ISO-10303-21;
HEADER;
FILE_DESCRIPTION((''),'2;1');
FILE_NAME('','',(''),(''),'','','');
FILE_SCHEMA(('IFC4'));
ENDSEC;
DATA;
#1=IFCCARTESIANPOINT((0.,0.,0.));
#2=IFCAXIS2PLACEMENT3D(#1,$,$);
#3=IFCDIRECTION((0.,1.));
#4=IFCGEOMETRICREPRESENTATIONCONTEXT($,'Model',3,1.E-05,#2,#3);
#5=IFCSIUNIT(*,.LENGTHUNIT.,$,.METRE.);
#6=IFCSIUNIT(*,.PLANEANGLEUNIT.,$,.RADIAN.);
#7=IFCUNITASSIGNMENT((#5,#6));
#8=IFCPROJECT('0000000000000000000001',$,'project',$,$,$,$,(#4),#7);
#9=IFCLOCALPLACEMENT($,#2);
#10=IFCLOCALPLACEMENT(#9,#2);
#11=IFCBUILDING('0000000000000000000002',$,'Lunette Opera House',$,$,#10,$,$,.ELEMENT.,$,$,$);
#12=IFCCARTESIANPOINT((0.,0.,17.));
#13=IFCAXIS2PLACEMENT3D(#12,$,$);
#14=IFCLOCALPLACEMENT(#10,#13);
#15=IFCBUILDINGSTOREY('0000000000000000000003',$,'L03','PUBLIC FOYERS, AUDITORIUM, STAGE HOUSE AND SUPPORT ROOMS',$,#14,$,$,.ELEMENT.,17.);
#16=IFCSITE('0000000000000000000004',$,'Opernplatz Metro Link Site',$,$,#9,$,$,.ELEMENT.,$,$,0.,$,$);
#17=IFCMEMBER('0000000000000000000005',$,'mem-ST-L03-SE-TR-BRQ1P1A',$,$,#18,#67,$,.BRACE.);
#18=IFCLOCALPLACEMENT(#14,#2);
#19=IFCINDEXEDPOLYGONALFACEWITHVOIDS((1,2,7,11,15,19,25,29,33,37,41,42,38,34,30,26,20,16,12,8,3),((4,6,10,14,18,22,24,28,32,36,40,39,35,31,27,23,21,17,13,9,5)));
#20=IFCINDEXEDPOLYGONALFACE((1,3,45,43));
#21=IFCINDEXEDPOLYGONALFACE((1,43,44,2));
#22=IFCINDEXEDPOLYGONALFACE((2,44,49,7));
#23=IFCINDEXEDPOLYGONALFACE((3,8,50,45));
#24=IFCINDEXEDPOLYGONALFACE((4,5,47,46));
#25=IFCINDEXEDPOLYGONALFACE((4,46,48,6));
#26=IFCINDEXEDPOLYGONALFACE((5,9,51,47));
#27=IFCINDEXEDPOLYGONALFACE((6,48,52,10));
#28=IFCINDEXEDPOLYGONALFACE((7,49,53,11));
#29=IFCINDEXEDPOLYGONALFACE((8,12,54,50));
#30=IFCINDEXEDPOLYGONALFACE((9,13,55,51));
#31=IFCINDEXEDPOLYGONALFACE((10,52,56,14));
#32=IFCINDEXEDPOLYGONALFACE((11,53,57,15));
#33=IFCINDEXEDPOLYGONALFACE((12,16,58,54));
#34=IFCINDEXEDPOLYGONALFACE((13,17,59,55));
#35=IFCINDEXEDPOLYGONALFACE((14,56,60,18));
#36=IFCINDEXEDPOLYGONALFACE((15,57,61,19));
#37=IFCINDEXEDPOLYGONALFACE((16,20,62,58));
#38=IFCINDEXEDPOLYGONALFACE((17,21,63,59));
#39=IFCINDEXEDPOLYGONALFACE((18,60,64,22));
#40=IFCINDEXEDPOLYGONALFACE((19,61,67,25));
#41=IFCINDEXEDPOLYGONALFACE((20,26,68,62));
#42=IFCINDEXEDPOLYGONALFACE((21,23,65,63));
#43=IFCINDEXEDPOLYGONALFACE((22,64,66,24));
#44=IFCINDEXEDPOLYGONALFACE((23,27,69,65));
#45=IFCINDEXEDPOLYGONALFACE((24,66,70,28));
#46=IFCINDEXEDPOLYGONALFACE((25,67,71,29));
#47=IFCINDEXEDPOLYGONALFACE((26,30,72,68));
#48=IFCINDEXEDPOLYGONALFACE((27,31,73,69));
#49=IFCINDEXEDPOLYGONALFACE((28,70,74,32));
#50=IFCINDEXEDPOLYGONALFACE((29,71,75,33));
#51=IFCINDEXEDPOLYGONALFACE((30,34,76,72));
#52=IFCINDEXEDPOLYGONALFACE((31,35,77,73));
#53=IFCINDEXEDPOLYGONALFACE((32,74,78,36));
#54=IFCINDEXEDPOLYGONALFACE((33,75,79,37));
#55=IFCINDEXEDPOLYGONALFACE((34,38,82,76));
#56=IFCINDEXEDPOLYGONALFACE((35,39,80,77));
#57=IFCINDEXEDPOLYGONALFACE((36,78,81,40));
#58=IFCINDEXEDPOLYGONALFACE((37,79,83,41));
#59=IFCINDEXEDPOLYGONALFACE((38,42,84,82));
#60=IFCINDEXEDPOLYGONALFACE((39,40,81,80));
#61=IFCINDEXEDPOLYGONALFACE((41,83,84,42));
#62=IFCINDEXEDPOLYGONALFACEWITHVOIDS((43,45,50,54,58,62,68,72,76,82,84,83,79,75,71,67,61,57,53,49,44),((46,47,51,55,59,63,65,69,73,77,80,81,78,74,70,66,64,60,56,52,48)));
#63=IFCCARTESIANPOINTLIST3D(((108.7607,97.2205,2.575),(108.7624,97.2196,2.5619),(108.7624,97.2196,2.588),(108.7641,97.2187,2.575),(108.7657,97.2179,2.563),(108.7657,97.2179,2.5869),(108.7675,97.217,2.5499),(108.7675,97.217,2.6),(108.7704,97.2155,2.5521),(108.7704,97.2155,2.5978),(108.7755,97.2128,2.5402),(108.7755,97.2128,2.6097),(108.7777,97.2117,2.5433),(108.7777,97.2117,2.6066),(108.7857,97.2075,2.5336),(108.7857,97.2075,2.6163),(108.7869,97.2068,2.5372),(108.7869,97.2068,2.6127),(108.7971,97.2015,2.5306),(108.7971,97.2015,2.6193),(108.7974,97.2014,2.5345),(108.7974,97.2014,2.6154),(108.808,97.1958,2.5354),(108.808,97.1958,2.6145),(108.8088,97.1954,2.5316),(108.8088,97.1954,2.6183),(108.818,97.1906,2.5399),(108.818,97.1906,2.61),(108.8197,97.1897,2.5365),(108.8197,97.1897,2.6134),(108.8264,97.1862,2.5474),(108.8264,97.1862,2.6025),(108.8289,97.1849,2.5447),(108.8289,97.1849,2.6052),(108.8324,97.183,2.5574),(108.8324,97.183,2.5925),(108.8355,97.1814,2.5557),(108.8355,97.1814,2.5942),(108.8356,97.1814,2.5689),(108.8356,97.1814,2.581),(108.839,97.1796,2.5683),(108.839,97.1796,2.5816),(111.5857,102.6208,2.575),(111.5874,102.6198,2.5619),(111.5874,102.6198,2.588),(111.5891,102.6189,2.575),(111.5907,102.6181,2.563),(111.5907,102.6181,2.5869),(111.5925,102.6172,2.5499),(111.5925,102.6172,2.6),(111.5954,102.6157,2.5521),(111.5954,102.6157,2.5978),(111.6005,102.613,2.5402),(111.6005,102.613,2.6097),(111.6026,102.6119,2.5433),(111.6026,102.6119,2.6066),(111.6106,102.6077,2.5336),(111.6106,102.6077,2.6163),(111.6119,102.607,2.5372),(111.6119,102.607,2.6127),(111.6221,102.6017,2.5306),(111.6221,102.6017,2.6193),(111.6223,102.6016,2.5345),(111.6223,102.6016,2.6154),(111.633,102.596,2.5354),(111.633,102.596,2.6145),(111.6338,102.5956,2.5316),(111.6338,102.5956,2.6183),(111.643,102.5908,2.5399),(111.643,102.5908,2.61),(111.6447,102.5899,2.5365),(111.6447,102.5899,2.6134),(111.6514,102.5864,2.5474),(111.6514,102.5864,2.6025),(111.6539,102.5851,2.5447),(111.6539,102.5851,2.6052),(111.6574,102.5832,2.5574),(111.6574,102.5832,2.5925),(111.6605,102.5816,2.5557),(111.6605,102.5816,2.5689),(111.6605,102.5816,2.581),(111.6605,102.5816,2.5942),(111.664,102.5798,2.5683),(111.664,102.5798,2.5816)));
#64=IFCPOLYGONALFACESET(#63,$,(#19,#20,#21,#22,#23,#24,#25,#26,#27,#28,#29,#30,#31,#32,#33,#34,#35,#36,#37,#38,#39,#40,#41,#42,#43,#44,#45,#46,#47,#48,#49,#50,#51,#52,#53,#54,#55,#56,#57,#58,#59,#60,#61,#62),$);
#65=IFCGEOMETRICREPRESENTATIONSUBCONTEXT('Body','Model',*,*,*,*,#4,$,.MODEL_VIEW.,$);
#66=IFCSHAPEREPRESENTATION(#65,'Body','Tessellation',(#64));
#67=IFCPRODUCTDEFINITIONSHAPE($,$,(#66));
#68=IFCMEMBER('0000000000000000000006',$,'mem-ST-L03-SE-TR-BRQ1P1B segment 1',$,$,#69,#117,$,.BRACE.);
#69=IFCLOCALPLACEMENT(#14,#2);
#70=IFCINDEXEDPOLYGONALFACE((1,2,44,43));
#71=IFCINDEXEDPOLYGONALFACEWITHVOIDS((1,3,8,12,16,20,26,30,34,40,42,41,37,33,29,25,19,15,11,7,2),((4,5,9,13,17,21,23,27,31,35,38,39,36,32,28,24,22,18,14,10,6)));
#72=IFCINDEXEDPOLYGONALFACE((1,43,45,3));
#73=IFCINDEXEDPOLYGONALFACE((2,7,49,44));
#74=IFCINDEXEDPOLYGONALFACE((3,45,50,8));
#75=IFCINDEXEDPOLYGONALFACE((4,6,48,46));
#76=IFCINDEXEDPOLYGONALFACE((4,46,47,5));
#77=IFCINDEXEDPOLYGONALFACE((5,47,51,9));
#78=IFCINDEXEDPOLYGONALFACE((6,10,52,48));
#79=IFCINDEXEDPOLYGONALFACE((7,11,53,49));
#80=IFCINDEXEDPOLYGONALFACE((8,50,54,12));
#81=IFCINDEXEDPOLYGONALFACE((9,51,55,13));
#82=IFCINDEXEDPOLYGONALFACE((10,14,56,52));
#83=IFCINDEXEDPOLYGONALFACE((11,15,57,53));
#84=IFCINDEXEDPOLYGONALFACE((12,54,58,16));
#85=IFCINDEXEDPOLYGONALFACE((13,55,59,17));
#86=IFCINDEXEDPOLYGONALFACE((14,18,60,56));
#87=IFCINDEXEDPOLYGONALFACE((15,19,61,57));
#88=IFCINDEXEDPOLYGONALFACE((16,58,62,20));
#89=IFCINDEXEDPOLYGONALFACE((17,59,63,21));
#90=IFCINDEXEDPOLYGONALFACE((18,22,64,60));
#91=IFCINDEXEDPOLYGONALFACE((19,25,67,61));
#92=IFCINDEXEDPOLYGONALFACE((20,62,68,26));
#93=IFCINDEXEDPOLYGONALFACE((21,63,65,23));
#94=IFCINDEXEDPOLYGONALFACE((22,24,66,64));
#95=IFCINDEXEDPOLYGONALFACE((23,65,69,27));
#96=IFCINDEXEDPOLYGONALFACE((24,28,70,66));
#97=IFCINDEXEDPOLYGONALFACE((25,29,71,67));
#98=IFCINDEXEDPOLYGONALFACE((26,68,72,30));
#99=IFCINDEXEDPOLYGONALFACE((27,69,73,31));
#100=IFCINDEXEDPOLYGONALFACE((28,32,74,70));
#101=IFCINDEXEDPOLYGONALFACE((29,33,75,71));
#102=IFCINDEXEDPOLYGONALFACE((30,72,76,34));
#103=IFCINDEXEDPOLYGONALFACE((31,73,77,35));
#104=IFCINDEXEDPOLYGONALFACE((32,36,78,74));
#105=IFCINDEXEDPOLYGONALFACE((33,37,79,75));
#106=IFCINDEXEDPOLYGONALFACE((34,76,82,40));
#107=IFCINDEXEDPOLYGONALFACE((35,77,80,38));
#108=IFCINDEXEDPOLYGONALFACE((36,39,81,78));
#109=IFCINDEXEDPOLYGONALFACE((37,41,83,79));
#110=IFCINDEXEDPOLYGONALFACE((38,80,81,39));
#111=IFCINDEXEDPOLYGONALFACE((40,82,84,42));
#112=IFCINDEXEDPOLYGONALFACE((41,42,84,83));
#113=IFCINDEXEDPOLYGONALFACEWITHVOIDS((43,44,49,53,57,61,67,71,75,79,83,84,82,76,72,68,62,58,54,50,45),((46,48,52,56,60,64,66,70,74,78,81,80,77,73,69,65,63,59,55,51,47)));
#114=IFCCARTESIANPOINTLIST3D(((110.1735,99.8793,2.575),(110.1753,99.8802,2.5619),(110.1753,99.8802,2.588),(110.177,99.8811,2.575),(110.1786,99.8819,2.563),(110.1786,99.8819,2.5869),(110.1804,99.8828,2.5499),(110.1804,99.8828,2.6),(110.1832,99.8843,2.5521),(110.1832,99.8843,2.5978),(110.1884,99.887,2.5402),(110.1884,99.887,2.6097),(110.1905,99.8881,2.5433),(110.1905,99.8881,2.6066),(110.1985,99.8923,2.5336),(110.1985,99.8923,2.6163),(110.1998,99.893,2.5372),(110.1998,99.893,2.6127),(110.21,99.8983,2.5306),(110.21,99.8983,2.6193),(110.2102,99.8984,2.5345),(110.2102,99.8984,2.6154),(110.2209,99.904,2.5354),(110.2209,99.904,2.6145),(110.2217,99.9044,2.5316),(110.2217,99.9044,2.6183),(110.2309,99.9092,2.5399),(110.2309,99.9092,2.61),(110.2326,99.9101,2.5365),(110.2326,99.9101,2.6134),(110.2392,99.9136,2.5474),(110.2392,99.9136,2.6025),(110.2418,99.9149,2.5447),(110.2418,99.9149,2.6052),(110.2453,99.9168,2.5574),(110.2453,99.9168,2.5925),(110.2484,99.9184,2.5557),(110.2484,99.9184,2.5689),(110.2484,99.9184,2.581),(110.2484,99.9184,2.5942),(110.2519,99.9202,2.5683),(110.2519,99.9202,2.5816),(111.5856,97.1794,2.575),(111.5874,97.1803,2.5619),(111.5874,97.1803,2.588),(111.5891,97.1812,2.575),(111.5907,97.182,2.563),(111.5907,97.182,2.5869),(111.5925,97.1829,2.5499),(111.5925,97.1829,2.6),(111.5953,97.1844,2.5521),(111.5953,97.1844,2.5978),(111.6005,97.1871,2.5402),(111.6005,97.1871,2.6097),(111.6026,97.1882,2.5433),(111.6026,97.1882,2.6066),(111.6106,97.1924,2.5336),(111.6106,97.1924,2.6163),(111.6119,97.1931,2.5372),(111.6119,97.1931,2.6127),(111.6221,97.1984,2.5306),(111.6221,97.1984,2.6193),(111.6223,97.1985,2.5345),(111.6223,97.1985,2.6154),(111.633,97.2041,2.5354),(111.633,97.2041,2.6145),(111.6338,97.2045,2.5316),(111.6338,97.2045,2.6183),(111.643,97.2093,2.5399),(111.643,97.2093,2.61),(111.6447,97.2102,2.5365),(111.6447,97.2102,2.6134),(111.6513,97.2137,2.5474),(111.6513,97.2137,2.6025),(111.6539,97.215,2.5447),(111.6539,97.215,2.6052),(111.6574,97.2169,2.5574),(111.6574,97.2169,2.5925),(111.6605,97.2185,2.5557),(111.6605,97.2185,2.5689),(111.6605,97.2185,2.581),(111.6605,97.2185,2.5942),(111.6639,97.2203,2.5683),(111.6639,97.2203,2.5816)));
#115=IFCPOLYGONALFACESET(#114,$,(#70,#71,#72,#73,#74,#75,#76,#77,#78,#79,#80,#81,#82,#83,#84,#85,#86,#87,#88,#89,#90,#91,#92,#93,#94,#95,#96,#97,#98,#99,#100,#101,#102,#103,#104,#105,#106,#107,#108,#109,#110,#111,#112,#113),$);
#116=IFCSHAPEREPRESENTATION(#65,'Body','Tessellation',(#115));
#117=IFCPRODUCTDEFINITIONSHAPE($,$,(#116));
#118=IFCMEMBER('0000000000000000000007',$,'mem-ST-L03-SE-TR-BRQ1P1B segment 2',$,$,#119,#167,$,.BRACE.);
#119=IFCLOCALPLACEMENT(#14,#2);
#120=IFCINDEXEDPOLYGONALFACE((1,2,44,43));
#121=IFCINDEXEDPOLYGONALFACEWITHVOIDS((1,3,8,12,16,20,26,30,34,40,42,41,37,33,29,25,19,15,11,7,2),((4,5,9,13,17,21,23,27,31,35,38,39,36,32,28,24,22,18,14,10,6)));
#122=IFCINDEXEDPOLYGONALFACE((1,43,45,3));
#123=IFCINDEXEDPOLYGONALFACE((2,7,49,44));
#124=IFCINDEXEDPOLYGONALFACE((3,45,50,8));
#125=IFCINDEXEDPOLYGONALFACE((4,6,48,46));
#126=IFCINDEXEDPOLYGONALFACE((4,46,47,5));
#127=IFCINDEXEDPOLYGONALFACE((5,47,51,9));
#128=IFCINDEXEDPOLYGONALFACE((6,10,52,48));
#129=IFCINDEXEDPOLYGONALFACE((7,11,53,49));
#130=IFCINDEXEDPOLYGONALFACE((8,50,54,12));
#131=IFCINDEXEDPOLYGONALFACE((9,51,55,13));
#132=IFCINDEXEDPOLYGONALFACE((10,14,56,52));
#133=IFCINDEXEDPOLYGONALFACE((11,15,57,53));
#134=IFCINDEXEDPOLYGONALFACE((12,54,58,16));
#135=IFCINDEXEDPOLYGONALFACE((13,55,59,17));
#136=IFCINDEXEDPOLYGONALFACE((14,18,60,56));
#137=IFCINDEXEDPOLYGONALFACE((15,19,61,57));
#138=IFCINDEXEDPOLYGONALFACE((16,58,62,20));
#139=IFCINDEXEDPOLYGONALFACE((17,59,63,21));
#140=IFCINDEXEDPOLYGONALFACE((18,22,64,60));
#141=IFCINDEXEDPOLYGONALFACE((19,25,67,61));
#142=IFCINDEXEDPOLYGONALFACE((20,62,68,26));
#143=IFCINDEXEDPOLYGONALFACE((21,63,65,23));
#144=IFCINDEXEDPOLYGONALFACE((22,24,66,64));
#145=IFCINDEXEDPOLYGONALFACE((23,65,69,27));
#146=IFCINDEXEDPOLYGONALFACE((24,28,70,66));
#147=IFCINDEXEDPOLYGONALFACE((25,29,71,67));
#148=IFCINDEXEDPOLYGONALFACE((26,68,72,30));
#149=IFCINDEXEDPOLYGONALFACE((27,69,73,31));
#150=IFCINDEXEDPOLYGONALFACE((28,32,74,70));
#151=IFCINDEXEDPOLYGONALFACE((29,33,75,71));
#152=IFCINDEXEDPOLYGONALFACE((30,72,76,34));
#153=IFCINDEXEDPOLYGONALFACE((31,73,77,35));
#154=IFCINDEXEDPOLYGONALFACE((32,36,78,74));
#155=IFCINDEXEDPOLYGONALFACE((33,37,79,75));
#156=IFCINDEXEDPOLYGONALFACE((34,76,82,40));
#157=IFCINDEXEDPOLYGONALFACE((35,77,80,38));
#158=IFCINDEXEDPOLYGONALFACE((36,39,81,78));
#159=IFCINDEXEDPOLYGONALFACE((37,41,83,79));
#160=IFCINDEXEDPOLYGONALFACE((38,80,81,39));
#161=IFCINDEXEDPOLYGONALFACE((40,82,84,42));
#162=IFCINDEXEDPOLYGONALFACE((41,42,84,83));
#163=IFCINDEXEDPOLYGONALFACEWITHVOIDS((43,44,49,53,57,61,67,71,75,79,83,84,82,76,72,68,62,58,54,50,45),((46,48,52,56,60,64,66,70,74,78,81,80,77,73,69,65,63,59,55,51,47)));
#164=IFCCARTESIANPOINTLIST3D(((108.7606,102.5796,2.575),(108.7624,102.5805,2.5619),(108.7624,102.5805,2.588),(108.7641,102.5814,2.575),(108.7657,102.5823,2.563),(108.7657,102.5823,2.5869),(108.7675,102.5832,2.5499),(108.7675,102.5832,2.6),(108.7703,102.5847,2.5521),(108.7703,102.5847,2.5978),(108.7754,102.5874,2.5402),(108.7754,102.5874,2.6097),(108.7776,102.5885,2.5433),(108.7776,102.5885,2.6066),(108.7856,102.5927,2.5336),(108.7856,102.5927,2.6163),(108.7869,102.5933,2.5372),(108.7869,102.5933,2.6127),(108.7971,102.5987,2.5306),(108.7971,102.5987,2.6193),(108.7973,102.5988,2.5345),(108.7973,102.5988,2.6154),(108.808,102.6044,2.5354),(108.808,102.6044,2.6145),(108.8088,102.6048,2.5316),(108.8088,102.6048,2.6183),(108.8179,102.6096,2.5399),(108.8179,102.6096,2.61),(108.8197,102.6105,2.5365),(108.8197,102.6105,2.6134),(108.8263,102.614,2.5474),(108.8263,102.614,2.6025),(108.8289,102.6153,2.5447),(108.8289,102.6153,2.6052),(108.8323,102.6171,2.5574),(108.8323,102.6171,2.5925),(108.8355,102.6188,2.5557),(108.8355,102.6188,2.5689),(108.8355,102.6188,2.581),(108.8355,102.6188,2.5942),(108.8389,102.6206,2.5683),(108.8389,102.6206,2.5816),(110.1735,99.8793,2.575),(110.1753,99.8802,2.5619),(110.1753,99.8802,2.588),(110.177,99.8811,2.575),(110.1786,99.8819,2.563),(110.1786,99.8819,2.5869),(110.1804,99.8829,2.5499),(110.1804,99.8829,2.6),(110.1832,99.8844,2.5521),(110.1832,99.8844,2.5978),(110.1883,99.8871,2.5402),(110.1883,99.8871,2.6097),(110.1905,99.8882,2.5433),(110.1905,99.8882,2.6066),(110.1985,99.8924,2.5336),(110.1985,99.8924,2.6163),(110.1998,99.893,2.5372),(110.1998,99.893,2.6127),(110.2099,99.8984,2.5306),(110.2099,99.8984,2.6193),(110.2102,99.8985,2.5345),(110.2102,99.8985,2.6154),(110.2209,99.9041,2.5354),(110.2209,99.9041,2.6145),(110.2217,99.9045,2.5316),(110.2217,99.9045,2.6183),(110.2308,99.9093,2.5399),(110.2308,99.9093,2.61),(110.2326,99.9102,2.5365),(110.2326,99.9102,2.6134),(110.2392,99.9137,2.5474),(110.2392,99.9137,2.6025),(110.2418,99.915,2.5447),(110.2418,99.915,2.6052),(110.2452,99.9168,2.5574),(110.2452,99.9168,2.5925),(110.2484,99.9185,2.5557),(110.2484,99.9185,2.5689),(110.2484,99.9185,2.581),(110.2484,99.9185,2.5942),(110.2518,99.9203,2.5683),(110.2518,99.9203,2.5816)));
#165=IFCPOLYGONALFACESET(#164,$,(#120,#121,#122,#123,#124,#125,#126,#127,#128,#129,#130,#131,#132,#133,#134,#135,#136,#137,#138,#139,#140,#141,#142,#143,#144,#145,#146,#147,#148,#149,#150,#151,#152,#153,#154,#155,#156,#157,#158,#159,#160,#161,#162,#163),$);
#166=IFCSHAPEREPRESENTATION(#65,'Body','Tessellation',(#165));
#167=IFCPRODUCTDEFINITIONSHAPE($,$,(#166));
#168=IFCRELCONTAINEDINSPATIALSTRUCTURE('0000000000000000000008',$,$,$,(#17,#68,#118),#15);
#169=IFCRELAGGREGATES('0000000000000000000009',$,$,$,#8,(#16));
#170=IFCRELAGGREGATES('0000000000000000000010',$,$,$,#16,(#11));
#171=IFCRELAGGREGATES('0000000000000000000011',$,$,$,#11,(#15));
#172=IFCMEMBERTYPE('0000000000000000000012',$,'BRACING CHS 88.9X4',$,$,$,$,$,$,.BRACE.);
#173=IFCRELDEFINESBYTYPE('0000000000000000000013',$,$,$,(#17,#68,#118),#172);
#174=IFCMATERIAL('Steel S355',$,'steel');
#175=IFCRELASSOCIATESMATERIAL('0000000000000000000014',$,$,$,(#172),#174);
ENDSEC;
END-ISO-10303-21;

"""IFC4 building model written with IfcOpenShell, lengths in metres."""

from ifc_helpers import new_model, si_unit, direction, frame, origin, origin_2d, place, context, subcontext, project, spatial, hollow_circle, extrude, material, material_profile, profile_set, type_object, element, save


model = new_model("IFC4")

# Units and contexts
model_context = context("Model", 3, precision=1e-05, world=origin(), true_north=direction((0.0, 1.0)))
body_context = subcontext(model_context, "Body", "Model", "MODEL_VIEW")
ifc_project = project(units=[si_unit("LENGTHUNIT", "METRE"), si_unit("PLANEANGLEUNIT", "RADIAN")], contexts=[model_context])

# Site, building, storey
site_placement = place(None, origin())
site = spatial("IfcSite", under=ifc_project, at=site_placement, Name="Opernplatz Metro Link Site", CompositionType="ELEMENT", RefElevation=0.0)
building_placement = place(site_placement, origin())
building = spatial("IfcBuilding", under=site, at=building_placement, Name="Lunette Opera House", CompositionType="ELEMENT")
storey_placement = place(building_placement, frame((0.0, 0.0, 17.0)))
storey = spatial("IfcBuildingStorey", under=building, at=storey_placement, Name="L03", Description="PUBLIC FOYERS, AUDITORIUM, STAGE HOUSE AND SUPPORT ROOMS", CompositionType="ELEMENT", Elevation=17.0)

# Members
ifc_material_1 = material(Name="Steel S355", Category="steel")
ifc_material_profile_1 = material_profile(ifc_material_1, hollow_circle(Radius=0.0444, WallThickness=0.0039, at=origin_2d()), Name="CHS 88.9X4")
ifc_profile_set_1 = profile_set([ifc_material_profile_1], Name="Steel S355")
member_type_1 = type_object("IfcMemberType", Name="BRACING CHS 88.9X4", PredefinedType="BRACE", material=ifc_profile_set_1)
member_1_placement = place(storey_placement, frame((108.8, 97.2, 2.575), z_axis=(0.463531, 0.886081, 0.0), x_axis=(-0.886081, 0.463531, 0.0)))
element("IfcMember", 1, at=member_1_placement, inside=storey, type_object=member_type_1, Name="mem-ST-L03-SE-TR-BRQ1P1A", PredefinedType="BRACE", context=body_context, shape_type="SweptSolid", body=[
    extrude(hollow_circle(Radius=0.0444, WallThickness=0.0039, at=origin_2d()), origin(), (0.0, 0.0, 1.0), 6.0945),
])
member_2_placement = place(storey_placement, frame((111.625, 97.2, 2.575), z_axis=(-0.463453, 0.886122, 0.0), x_axis=(-0.886122, -0.463453, 0.0)))
element("IfcMember", 2, at=member_2_placement, inside=storey, type_object=member_type_1, Name="mem-ST-L03-SE-TR-BRQ1P1B segment 1", PredefinedType="BRACE", context=body_context, shape_type="SweptSolid", body=[
    extrude(hollow_circle(Radius=0.0444, WallThickness=0.0039, at=origin_2d()), origin(), (0.0, 0.0, 1.0), 3.0469),
])
member_3_placement = place(storey_placement, frame((110.2129, 99.8999, 2.575), z_axis=(-0.463609, 0.88604, 0.0), x_axis=(-0.88604, -0.463609, 0.0)))
element("IfcMember", 3, at=member_3_placement, inside=storey, type_object=member_type_1, Name="mem-ST-L03-SE-TR-BRQ1P1B segment 2", PredefinedType="BRACE", context=body_context, shape_type="SweptSolid", body=[
    extrude(hollow_circle(Radius=0.0444, WallThickness=0.0039, at=origin_2d()), origin(), (0.0, 0.0, 1.0), 3.0476),
])

save(model, "model.ifc")
